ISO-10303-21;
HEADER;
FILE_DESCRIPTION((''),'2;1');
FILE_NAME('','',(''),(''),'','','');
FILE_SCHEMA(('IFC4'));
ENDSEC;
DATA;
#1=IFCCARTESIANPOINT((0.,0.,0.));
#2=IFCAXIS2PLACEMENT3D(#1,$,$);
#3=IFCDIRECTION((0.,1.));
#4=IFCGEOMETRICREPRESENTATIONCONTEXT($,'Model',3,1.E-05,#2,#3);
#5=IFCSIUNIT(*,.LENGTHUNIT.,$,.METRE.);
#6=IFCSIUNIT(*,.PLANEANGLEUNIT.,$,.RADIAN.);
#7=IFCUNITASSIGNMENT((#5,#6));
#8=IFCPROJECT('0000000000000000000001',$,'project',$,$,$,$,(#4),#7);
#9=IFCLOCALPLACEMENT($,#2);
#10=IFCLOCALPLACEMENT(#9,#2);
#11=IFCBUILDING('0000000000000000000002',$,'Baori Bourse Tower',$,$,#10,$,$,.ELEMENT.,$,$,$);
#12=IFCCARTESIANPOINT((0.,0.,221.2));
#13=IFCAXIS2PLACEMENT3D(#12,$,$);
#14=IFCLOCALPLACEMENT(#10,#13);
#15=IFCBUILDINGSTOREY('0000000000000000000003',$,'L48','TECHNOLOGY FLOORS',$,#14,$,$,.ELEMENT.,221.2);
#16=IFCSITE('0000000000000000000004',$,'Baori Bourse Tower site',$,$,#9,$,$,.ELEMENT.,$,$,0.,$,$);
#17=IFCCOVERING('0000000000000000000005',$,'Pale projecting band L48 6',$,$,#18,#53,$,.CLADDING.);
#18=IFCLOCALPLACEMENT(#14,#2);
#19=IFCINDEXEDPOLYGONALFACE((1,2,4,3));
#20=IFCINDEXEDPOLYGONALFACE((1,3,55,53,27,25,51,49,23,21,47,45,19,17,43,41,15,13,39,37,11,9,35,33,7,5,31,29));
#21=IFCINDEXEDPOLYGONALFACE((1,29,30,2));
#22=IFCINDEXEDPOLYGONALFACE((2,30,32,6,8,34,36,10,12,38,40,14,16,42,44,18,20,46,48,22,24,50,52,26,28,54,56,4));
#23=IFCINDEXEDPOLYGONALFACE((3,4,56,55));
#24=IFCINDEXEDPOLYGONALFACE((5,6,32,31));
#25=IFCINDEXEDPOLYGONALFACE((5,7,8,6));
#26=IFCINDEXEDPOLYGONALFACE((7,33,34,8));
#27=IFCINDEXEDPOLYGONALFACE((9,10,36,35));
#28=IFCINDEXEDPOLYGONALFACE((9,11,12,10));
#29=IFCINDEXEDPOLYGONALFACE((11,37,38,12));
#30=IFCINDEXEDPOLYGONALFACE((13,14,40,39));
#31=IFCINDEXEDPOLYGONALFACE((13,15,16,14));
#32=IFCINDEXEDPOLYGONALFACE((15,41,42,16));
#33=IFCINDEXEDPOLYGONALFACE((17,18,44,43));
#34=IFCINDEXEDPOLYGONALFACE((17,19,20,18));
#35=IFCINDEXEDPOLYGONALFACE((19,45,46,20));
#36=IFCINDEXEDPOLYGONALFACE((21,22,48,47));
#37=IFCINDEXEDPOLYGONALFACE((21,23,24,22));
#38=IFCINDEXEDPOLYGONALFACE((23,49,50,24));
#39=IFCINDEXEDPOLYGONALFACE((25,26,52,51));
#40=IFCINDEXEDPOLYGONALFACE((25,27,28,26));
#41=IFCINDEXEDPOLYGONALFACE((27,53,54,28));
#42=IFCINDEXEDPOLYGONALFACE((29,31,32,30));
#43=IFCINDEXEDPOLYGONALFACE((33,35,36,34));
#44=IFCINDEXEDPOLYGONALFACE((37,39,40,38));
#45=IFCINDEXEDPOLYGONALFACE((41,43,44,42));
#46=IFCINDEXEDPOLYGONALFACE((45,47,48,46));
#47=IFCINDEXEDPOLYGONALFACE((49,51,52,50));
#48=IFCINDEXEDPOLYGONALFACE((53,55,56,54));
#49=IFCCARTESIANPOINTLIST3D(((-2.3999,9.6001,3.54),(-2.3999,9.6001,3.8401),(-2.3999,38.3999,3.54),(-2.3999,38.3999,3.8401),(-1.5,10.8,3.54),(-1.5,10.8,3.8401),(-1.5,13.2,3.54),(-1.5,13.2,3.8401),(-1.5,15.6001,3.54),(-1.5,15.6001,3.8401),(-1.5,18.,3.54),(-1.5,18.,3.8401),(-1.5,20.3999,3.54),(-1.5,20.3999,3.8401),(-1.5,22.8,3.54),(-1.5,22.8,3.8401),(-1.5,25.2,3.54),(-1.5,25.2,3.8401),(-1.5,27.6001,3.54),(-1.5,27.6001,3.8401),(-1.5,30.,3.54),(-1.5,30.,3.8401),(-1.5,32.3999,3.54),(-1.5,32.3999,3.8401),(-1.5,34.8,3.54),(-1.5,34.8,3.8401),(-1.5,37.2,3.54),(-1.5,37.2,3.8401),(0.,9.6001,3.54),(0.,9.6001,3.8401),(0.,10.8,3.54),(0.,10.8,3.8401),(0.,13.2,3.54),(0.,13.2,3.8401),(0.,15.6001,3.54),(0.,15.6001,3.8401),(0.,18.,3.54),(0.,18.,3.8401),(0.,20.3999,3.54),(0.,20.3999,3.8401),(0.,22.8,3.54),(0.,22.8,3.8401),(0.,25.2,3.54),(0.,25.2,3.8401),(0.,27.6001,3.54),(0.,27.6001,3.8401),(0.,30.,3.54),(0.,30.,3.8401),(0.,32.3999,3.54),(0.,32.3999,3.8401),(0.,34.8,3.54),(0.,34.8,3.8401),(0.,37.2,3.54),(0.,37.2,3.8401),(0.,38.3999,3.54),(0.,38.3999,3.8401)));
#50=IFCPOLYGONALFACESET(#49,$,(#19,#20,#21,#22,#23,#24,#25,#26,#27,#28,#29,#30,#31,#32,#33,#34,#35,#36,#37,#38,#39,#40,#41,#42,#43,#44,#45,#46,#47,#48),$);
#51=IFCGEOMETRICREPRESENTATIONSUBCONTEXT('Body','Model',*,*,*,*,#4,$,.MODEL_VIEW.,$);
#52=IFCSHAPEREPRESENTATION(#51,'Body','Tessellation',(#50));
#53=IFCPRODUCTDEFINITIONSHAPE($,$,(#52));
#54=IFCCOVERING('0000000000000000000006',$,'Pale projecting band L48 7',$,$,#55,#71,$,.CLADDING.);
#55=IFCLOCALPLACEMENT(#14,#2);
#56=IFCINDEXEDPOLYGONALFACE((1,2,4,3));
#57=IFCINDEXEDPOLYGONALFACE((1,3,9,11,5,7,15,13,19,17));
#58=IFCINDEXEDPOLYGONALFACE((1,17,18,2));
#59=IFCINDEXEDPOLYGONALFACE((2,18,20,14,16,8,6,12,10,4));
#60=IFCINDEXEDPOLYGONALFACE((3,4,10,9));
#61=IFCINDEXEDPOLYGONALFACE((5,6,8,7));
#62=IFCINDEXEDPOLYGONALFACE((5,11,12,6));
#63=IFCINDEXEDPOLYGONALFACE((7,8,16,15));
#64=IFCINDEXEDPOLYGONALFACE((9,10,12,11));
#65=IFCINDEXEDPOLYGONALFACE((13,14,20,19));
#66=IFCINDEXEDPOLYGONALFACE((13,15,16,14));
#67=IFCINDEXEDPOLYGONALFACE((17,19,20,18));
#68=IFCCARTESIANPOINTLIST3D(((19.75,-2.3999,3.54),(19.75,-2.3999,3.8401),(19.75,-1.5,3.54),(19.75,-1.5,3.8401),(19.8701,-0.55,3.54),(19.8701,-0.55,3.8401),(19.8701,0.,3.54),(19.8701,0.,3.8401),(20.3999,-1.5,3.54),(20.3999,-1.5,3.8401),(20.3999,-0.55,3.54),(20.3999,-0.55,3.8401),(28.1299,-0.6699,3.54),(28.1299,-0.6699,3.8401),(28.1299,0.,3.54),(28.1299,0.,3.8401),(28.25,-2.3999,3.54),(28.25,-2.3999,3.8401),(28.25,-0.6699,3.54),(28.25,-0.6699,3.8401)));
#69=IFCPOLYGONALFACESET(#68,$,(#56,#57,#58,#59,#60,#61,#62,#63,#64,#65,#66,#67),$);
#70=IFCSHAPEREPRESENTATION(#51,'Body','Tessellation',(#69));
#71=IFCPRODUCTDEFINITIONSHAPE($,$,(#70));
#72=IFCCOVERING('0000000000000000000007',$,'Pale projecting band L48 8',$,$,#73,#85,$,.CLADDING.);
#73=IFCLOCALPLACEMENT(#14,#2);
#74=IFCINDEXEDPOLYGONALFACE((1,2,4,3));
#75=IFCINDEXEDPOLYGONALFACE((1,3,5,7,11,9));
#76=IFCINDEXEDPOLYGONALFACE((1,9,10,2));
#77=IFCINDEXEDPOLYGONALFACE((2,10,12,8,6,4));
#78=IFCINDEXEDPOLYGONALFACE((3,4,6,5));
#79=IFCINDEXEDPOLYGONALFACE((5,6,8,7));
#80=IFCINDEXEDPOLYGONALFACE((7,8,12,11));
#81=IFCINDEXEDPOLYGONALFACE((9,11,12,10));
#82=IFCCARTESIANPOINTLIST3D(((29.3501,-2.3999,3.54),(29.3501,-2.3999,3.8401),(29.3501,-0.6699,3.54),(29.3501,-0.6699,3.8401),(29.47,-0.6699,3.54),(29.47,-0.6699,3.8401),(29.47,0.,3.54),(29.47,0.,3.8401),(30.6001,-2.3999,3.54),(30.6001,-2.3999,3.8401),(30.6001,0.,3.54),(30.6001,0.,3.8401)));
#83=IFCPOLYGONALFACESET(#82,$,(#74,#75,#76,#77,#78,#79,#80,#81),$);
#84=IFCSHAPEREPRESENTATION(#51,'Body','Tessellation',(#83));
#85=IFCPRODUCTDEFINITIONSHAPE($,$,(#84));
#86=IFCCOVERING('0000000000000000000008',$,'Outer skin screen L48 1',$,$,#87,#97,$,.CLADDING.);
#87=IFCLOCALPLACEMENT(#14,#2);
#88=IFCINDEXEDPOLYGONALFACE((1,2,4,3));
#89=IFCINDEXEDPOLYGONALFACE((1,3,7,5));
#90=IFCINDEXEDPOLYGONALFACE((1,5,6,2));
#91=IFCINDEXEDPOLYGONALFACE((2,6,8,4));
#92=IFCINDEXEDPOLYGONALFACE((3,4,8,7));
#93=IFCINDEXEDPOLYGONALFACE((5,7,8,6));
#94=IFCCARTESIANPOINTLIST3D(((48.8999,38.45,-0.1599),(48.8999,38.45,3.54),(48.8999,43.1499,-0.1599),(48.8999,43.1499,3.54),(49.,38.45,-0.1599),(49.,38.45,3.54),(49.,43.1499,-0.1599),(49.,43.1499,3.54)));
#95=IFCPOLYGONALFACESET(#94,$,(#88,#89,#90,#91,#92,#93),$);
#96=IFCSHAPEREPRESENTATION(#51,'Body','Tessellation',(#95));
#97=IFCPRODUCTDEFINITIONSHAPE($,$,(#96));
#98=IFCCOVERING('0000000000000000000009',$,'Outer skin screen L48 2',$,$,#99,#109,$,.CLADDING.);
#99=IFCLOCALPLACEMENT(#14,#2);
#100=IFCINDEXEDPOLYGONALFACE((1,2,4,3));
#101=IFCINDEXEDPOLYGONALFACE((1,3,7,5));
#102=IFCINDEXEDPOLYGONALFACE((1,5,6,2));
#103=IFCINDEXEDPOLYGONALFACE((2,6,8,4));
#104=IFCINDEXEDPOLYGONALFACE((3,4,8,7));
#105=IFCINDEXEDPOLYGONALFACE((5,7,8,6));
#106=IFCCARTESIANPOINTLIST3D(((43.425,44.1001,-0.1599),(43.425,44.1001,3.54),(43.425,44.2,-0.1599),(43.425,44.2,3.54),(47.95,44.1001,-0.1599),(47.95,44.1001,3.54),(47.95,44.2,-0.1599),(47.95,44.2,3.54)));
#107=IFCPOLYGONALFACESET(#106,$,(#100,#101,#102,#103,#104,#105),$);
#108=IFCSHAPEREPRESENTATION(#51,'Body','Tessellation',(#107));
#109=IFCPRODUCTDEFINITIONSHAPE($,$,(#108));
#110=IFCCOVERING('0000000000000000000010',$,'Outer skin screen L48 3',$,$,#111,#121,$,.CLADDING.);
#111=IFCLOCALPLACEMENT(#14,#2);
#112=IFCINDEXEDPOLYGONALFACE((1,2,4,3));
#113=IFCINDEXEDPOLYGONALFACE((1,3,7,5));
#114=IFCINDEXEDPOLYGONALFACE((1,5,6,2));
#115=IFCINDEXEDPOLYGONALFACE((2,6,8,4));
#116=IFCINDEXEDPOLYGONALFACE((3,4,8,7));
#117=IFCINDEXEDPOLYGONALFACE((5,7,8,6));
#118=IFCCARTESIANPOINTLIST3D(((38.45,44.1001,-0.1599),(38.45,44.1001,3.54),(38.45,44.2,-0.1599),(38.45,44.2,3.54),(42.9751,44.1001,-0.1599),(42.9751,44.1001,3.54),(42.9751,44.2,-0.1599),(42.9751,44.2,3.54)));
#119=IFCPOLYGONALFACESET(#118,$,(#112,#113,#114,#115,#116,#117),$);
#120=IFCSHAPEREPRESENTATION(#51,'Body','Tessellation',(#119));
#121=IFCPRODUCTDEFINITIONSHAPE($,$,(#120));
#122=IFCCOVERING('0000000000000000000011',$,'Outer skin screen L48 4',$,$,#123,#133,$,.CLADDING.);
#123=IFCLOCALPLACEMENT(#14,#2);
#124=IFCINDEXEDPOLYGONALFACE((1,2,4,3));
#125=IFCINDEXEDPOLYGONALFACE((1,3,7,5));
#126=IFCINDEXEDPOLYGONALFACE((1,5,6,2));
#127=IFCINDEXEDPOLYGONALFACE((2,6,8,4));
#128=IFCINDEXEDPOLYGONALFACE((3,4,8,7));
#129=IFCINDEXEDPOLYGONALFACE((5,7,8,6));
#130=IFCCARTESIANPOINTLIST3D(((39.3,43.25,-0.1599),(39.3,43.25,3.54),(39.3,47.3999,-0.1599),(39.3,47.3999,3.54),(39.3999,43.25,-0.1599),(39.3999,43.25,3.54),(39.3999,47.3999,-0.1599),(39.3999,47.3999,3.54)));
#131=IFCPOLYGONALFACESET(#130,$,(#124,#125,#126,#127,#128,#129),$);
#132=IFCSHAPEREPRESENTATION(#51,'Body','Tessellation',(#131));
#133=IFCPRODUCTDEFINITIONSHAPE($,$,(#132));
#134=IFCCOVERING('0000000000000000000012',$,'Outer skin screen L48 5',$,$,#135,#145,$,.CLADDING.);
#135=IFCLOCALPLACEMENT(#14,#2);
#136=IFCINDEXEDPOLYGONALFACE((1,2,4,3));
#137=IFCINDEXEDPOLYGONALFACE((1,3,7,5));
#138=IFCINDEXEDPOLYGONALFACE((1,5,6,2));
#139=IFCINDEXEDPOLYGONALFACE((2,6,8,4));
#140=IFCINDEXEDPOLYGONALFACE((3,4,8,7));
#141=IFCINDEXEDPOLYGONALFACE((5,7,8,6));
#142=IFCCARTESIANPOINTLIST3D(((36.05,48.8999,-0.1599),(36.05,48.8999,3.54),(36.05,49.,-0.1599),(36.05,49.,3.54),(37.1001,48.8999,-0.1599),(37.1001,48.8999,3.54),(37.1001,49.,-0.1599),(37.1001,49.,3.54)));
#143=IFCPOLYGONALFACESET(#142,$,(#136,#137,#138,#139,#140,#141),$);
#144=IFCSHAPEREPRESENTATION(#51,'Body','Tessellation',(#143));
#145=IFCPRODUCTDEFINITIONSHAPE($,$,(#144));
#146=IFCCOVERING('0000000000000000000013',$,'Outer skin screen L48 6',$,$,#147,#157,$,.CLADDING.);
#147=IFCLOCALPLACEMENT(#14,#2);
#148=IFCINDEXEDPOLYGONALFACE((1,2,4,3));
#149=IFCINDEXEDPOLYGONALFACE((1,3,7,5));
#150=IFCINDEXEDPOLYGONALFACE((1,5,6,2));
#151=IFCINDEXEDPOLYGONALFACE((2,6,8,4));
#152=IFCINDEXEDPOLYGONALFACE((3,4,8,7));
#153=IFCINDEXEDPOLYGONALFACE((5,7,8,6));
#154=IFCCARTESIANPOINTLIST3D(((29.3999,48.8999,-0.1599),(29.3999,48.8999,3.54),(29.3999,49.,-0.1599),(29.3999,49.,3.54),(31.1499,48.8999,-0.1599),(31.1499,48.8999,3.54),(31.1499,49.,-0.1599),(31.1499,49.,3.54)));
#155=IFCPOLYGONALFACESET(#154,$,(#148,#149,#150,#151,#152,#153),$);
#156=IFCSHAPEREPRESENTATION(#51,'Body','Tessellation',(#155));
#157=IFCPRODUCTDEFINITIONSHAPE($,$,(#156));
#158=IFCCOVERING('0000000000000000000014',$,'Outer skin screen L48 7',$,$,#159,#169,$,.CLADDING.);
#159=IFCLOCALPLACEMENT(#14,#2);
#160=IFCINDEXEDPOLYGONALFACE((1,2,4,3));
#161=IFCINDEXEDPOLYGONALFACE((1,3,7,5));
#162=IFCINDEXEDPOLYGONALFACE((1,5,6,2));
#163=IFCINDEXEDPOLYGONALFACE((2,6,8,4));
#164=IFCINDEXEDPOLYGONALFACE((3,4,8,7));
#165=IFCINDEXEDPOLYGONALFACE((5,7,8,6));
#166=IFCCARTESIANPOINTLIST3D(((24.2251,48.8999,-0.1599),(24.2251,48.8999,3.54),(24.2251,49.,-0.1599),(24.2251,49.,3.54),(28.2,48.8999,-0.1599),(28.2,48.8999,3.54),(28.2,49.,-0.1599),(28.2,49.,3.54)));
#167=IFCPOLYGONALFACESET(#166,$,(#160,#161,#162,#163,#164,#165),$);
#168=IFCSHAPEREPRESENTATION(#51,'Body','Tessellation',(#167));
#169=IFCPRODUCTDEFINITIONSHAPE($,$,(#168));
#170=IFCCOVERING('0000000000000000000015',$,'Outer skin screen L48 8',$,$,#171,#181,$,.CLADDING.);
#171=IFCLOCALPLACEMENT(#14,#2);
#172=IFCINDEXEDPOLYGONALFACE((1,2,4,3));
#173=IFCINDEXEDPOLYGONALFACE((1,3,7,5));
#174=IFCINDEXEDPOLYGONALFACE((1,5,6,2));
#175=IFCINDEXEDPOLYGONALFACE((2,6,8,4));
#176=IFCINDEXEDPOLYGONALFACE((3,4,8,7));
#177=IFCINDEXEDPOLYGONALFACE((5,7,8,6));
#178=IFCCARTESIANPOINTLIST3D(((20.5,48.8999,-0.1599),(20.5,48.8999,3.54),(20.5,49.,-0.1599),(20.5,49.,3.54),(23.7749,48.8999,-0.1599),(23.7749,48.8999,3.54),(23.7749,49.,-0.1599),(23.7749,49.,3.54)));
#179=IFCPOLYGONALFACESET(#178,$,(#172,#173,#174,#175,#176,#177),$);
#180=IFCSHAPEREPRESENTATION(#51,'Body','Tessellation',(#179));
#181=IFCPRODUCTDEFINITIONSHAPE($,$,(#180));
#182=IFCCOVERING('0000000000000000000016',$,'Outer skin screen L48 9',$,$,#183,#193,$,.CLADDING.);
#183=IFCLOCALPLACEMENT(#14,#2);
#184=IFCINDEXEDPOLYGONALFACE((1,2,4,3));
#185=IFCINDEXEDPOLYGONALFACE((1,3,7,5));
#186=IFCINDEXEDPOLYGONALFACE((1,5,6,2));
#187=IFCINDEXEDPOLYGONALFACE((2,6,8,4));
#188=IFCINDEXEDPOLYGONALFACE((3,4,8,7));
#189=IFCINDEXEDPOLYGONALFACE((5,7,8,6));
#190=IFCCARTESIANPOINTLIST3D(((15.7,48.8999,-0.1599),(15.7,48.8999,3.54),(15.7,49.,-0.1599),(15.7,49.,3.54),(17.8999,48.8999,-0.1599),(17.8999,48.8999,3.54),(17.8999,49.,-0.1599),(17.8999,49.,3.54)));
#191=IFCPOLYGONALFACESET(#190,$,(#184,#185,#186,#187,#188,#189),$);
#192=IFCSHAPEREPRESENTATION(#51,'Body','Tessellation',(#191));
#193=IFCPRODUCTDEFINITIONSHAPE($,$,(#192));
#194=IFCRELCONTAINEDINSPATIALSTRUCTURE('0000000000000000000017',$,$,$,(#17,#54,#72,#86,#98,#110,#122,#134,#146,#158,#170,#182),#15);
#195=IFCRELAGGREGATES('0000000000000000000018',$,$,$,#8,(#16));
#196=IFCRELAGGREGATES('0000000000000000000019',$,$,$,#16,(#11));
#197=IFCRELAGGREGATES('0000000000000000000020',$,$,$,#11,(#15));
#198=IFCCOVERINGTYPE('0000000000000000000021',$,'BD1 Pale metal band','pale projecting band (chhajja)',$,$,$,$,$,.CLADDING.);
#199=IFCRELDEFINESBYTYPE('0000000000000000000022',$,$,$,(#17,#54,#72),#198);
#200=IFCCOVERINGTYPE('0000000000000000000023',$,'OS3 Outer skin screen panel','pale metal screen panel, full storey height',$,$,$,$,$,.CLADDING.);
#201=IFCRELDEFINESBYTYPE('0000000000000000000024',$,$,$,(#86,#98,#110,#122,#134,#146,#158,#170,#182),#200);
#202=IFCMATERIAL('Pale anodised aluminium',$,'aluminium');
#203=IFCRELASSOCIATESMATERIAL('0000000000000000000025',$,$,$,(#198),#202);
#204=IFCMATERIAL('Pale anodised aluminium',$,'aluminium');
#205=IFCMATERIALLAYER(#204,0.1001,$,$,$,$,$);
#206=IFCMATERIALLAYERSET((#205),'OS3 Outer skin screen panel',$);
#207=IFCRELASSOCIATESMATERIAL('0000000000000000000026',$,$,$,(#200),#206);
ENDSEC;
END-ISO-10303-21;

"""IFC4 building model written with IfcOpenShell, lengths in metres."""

from ifc_helpers import new_model, si_unit, direction, frame, origin, place, context, subcontext, project, spatial, polyline, outline, extrude, material, layer, layer_set, type_object, element, save


model = new_model("IFC4")

# Units and contexts
model_context = context("Model", 3, precision=1e-05, world=origin(), true_north=direction((0.0, 1.0)))
body_context = subcontext(model_context, "Body", "Model", "MODEL_VIEW")
ifc_project = project(units=[si_unit("LENGTHUNIT", "METRE"), si_unit("PLANEANGLEUNIT", "RADIAN")], contexts=[model_context])

# Site, building, storey
site_placement = place(None, origin())
site = spatial("IfcSite", under=ifc_project, at=site_placement, Name="Baori Bourse Tower site", CompositionType="ELEMENT", RefElevation=0.0)
building_placement = place(site_placement, origin())
building = spatial("IfcBuilding", under=site, at=building_placement, Name="Baori Bourse Tower", CompositionType="ELEMENT")
storey_placement = place(building_placement, frame((0.0, 0.0, 221.2)))
storey = spatial("IfcBuildingStorey", under=building, at=storey_placement, Name="L48", Description="TECHNOLOGY FLOORS", CompositionType="ELEMENT", Elevation=221.2)

# Coverings
ifc_material_1 = material(Name="Pale anodised aluminium", Category="aluminium")
covering_type_1 = type_object("IfcCoveringType", Name="BD1 Pale metal band", Description="pale projecting band (chhajja)", PredefinedType="CLADDING", material=ifc_material_1)
covering_1_placement = place(storey_placement, frame((0.0, 0.0, 3.54)))
element("IfcCovering", 1, at=covering_1_placement, inside=storey, type_object=covering_type_1, Name="Pale projecting band L48 6", PredefinedType="CLADDING", context=body_context, shape_type="SweptSolid", body=[
    extrude(outline(polyline([(0.0, 37.2), (0.0, 38.3999), (-2.3999, 38.3999), (-2.3999, 9.6001), (0.0, 9.6001), (0.0, 10.8), (-1.5, 10.8), (-1.5, 13.2), (0.0, 13.2), (0.0, 15.6001), (-1.5, 15.6001), (-1.5, 18.0), (0.0, 18.0), (0.0, 20.3999), (-1.5, 20.3999), (-1.5, 22.8), (0.0, 22.8), (0.0, 25.2), (-1.5, 25.2), (-1.5, 27.6001), (0.0, 27.6001), (0.0, 30.0), (-1.5, 30.0), (-1.5, 32.3999), (0.0, 32.3999), (0.0, 34.8), (-1.5, 34.8), (-1.5, 37.2), (0.0, 37.2)])), origin(), (0.0, 0.0, 1.0), 0.3),
])
covering_2_placement = place(storey_placement, frame((0.0, 0.0, 3.54)))
element("IfcCovering", 2, at=covering_2_placement, inside=storey, type_object=covering_type_1, Name="Pale projecting band L48 7", PredefinedType="CLADDING", context=body_context, shape_type="SweptSolid", body=[
    extrude(outline(polyline([(28.1299, 0.0), (19.8701, 0.0), (19.8701, -0.55), (20.3999, -0.55), (20.3999, -1.5), (19.75, -1.5), (19.75, -2.3999), (28.25, -2.3999), (28.25, -0.6699), (28.1299, -0.6699), (28.1299, 0.0)])), origin(), (0.0, 0.0, 1.0), 0.3),
])
covering_3_placement = place(storey_placement, frame((0.0, 0.0, 3.54)))
element("IfcCovering", 3, at=covering_3_placement, inside=storey, type_object=covering_type_1, Name="Pale projecting band L48 8", PredefinedType="CLADDING", context=body_context, shape_type="SweptSolid", body=[
    extrude(outline(polyline([(30.6001, 0.0), (29.47, 0.0), (29.47, -0.6699), (29.3501, -0.6699), (29.3501, -2.3999), (30.6001, -2.3999), (30.6001, 0.0)])), origin(), (0.0, 0.0, 1.0), 0.3),
])
ifc_material_2 = material(Name="Pale anodised aluminium", Category="aluminium")
ifc_layer_1 = layer(ifc_material_2, 0.1001)
ifc_layer_set_1 = layer_set([ifc_layer_1], Name="OS3 Outer skin screen panel")
covering_type_2 = type_object("IfcCoveringType", Name="OS3 Outer skin screen panel", Description="pale metal screen panel, full storey height", PredefinedType="CLADDING", material=ifc_layer_set_1)
covering_4_placement = place(storey_placement, frame((0.0, 0.0, -0.1599)))
element("IfcCovering", 4, at=covering_4_placement, inside=storey, type_object=covering_type_2, Name="Outer skin screen L48 1", PredefinedType="CLADDING", context=body_context, shape_type="SweptSolid", body=[
    extrude(outline(polyline([(48.8999, 43.1499), (48.8999, 38.45), (49.0, 38.45), (49.0, 43.1499), (48.8999, 43.1499)])), origin(), (0.0, 0.0, 1.0), 3.7),
])
covering_5_placement = place(storey_placement, frame((0.0, 0.0, -0.1599)))
element("IfcCovering", 5, at=covering_5_placement, inside=storey, type_object=covering_type_2, Name="Outer skin screen L48 2", PredefinedType="CLADDING", context=body_context, shape_type="SweptSolid", body=[
    extrude(outline(polyline([(43.425, 44.1001), (47.95, 44.1001), (47.95, 44.2), (43.425, 44.2), (43.425, 44.1001)])), origin(), (0.0, 0.0, 1.0), 3.7),
])
covering_6_placement = place(storey_placement, frame((0.0, 0.0, -0.1599)))
element("IfcCovering", 6, at=covering_6_placement, inside=storey, type_object=covering_type_2, Name="Outer skin screen L48 3", PredefinedType="CLADDING", context=body_context, shape_type="SweptSolid", body=[
    extrude(outline(polyline([(38.45, 44.1001), (42.9751, 44.1001), (42.9751, 44.2), (38.45, 44.2), (38.45, 44.1001)])), origin(), (0.0, 0.0, 1.0), 3.7),
])
covering_7_placement = place(storey_placement, frame((0.0, 0.0, -0.1599)))
element("IfcCovering", 7, at=covering_7_placement, inside=storey, type_object=covering_type_2, Name="Outer skin screen L48 4", PredefinedType="CLADDING", context=body_context, shape_type="SweptSolid", body=[
    extrude(outline(polyline([(39.3, 47.3999), (39.3, 43.25), (39.3999, 43.25), (39.3999, 47.3999), (39.3, 47.3999)])), origin(), (0.0, 0.0, 1.0), 3.7),
])
covering_8_placement = place(storey_placement, frame((0.0, 0.0, -0.1599)))
element("IfcCovering", 8, at=covering_8_placement, inside=storey, type_object=covering_type_2, Name="Outer skin screen L48 5", PredefinedType="CLADDING", context=body_context, shape_type="SweptSolid", body=[
    extrude(outline(polyline([(36.05, 48.8999), (37.1001, 48.8999), (37.1001, 49.0), (36.05, 49.0), (36.05, 48.8999)])), origin(), (0.0, 0.0, 1.0), 3.7),
])
covering_9_placement = place(storey_placement, frame((0.0, 0.0, -0.1599)))
element("IfcCovering", 9, at=covering_9_placement, inside=storey, type_object=covering_type_2, Name="Outer skin screen L48 6", PredefinedType="CLADDING", context=body_context, shape_type="SweptSolid", body=[
    extrude(outline(polyline([(29.3999, 48.8999), (31.1499, 48.8999), (31.1499, 49.0), (29.3999, 49.0), (29.3999, 48.8999)])), origin(), (0.0, 0.0, 1.0), 3.7),
])
covering_10_placement = place(storey_placement, frame((0.0, 0.0, -0.1599)))
element("IfcCovering", 10, at=covering_10_placement, inside=storey, type_object=covering_type_2, Name="Outer skin screen L48 7", PredefinedType="CLADDING", context=body_context, shape_type="SweptSolid", body=[
    extrude(outline(polyline([(24.2251, 48.8999), (28.2, 48.8999), (28.2, 49.0), (24.2251, 49.0), (24.2251, 48.8999)])), origin(), (0.0, 0.0, 1.0), 3.7),
])
covering_11_placement = place(storey_placement, frame((0.0, 0.0, -0.1599)))
element("IfcCovering", 11, at=covering_11_placement, inside=storey, type_object=covering_type_2, Name="Outer skin screen L48 8", PredefinedType="CLADDING", context=body_context, shape_type="SweptSolid", body=[
    extrude(outline(polyline([(20.5, 48.8999), (23.7749, 48.8999), (23.7749, 49.0), (20.5, 49.0), (20.5, 48.8999)])), origin(), (0.0, 0.0, 1.0), 3.7),
])
covering_12_placement = place(storey_placement, frame((0.0, 0.0, -0.1599)))
element("IfcCovering", 12, at=covering_12_placement, inside=storey, type_object=covering_type_2, Name="Outer skin screen L48 9", PredefinedType="CLADDING", context=body_context, shape_type="SweptSolid", body=[
    extrude(outline(polyline([(15.7, 48.8999), (17.8999, 48.8999), (17.8999, 49.0), (15.7, 49.0), (15.7, 48.8999)])), origin(), (0.0, 0.0, 1.0), 3.7),
])

save(model, "model.ifc")
